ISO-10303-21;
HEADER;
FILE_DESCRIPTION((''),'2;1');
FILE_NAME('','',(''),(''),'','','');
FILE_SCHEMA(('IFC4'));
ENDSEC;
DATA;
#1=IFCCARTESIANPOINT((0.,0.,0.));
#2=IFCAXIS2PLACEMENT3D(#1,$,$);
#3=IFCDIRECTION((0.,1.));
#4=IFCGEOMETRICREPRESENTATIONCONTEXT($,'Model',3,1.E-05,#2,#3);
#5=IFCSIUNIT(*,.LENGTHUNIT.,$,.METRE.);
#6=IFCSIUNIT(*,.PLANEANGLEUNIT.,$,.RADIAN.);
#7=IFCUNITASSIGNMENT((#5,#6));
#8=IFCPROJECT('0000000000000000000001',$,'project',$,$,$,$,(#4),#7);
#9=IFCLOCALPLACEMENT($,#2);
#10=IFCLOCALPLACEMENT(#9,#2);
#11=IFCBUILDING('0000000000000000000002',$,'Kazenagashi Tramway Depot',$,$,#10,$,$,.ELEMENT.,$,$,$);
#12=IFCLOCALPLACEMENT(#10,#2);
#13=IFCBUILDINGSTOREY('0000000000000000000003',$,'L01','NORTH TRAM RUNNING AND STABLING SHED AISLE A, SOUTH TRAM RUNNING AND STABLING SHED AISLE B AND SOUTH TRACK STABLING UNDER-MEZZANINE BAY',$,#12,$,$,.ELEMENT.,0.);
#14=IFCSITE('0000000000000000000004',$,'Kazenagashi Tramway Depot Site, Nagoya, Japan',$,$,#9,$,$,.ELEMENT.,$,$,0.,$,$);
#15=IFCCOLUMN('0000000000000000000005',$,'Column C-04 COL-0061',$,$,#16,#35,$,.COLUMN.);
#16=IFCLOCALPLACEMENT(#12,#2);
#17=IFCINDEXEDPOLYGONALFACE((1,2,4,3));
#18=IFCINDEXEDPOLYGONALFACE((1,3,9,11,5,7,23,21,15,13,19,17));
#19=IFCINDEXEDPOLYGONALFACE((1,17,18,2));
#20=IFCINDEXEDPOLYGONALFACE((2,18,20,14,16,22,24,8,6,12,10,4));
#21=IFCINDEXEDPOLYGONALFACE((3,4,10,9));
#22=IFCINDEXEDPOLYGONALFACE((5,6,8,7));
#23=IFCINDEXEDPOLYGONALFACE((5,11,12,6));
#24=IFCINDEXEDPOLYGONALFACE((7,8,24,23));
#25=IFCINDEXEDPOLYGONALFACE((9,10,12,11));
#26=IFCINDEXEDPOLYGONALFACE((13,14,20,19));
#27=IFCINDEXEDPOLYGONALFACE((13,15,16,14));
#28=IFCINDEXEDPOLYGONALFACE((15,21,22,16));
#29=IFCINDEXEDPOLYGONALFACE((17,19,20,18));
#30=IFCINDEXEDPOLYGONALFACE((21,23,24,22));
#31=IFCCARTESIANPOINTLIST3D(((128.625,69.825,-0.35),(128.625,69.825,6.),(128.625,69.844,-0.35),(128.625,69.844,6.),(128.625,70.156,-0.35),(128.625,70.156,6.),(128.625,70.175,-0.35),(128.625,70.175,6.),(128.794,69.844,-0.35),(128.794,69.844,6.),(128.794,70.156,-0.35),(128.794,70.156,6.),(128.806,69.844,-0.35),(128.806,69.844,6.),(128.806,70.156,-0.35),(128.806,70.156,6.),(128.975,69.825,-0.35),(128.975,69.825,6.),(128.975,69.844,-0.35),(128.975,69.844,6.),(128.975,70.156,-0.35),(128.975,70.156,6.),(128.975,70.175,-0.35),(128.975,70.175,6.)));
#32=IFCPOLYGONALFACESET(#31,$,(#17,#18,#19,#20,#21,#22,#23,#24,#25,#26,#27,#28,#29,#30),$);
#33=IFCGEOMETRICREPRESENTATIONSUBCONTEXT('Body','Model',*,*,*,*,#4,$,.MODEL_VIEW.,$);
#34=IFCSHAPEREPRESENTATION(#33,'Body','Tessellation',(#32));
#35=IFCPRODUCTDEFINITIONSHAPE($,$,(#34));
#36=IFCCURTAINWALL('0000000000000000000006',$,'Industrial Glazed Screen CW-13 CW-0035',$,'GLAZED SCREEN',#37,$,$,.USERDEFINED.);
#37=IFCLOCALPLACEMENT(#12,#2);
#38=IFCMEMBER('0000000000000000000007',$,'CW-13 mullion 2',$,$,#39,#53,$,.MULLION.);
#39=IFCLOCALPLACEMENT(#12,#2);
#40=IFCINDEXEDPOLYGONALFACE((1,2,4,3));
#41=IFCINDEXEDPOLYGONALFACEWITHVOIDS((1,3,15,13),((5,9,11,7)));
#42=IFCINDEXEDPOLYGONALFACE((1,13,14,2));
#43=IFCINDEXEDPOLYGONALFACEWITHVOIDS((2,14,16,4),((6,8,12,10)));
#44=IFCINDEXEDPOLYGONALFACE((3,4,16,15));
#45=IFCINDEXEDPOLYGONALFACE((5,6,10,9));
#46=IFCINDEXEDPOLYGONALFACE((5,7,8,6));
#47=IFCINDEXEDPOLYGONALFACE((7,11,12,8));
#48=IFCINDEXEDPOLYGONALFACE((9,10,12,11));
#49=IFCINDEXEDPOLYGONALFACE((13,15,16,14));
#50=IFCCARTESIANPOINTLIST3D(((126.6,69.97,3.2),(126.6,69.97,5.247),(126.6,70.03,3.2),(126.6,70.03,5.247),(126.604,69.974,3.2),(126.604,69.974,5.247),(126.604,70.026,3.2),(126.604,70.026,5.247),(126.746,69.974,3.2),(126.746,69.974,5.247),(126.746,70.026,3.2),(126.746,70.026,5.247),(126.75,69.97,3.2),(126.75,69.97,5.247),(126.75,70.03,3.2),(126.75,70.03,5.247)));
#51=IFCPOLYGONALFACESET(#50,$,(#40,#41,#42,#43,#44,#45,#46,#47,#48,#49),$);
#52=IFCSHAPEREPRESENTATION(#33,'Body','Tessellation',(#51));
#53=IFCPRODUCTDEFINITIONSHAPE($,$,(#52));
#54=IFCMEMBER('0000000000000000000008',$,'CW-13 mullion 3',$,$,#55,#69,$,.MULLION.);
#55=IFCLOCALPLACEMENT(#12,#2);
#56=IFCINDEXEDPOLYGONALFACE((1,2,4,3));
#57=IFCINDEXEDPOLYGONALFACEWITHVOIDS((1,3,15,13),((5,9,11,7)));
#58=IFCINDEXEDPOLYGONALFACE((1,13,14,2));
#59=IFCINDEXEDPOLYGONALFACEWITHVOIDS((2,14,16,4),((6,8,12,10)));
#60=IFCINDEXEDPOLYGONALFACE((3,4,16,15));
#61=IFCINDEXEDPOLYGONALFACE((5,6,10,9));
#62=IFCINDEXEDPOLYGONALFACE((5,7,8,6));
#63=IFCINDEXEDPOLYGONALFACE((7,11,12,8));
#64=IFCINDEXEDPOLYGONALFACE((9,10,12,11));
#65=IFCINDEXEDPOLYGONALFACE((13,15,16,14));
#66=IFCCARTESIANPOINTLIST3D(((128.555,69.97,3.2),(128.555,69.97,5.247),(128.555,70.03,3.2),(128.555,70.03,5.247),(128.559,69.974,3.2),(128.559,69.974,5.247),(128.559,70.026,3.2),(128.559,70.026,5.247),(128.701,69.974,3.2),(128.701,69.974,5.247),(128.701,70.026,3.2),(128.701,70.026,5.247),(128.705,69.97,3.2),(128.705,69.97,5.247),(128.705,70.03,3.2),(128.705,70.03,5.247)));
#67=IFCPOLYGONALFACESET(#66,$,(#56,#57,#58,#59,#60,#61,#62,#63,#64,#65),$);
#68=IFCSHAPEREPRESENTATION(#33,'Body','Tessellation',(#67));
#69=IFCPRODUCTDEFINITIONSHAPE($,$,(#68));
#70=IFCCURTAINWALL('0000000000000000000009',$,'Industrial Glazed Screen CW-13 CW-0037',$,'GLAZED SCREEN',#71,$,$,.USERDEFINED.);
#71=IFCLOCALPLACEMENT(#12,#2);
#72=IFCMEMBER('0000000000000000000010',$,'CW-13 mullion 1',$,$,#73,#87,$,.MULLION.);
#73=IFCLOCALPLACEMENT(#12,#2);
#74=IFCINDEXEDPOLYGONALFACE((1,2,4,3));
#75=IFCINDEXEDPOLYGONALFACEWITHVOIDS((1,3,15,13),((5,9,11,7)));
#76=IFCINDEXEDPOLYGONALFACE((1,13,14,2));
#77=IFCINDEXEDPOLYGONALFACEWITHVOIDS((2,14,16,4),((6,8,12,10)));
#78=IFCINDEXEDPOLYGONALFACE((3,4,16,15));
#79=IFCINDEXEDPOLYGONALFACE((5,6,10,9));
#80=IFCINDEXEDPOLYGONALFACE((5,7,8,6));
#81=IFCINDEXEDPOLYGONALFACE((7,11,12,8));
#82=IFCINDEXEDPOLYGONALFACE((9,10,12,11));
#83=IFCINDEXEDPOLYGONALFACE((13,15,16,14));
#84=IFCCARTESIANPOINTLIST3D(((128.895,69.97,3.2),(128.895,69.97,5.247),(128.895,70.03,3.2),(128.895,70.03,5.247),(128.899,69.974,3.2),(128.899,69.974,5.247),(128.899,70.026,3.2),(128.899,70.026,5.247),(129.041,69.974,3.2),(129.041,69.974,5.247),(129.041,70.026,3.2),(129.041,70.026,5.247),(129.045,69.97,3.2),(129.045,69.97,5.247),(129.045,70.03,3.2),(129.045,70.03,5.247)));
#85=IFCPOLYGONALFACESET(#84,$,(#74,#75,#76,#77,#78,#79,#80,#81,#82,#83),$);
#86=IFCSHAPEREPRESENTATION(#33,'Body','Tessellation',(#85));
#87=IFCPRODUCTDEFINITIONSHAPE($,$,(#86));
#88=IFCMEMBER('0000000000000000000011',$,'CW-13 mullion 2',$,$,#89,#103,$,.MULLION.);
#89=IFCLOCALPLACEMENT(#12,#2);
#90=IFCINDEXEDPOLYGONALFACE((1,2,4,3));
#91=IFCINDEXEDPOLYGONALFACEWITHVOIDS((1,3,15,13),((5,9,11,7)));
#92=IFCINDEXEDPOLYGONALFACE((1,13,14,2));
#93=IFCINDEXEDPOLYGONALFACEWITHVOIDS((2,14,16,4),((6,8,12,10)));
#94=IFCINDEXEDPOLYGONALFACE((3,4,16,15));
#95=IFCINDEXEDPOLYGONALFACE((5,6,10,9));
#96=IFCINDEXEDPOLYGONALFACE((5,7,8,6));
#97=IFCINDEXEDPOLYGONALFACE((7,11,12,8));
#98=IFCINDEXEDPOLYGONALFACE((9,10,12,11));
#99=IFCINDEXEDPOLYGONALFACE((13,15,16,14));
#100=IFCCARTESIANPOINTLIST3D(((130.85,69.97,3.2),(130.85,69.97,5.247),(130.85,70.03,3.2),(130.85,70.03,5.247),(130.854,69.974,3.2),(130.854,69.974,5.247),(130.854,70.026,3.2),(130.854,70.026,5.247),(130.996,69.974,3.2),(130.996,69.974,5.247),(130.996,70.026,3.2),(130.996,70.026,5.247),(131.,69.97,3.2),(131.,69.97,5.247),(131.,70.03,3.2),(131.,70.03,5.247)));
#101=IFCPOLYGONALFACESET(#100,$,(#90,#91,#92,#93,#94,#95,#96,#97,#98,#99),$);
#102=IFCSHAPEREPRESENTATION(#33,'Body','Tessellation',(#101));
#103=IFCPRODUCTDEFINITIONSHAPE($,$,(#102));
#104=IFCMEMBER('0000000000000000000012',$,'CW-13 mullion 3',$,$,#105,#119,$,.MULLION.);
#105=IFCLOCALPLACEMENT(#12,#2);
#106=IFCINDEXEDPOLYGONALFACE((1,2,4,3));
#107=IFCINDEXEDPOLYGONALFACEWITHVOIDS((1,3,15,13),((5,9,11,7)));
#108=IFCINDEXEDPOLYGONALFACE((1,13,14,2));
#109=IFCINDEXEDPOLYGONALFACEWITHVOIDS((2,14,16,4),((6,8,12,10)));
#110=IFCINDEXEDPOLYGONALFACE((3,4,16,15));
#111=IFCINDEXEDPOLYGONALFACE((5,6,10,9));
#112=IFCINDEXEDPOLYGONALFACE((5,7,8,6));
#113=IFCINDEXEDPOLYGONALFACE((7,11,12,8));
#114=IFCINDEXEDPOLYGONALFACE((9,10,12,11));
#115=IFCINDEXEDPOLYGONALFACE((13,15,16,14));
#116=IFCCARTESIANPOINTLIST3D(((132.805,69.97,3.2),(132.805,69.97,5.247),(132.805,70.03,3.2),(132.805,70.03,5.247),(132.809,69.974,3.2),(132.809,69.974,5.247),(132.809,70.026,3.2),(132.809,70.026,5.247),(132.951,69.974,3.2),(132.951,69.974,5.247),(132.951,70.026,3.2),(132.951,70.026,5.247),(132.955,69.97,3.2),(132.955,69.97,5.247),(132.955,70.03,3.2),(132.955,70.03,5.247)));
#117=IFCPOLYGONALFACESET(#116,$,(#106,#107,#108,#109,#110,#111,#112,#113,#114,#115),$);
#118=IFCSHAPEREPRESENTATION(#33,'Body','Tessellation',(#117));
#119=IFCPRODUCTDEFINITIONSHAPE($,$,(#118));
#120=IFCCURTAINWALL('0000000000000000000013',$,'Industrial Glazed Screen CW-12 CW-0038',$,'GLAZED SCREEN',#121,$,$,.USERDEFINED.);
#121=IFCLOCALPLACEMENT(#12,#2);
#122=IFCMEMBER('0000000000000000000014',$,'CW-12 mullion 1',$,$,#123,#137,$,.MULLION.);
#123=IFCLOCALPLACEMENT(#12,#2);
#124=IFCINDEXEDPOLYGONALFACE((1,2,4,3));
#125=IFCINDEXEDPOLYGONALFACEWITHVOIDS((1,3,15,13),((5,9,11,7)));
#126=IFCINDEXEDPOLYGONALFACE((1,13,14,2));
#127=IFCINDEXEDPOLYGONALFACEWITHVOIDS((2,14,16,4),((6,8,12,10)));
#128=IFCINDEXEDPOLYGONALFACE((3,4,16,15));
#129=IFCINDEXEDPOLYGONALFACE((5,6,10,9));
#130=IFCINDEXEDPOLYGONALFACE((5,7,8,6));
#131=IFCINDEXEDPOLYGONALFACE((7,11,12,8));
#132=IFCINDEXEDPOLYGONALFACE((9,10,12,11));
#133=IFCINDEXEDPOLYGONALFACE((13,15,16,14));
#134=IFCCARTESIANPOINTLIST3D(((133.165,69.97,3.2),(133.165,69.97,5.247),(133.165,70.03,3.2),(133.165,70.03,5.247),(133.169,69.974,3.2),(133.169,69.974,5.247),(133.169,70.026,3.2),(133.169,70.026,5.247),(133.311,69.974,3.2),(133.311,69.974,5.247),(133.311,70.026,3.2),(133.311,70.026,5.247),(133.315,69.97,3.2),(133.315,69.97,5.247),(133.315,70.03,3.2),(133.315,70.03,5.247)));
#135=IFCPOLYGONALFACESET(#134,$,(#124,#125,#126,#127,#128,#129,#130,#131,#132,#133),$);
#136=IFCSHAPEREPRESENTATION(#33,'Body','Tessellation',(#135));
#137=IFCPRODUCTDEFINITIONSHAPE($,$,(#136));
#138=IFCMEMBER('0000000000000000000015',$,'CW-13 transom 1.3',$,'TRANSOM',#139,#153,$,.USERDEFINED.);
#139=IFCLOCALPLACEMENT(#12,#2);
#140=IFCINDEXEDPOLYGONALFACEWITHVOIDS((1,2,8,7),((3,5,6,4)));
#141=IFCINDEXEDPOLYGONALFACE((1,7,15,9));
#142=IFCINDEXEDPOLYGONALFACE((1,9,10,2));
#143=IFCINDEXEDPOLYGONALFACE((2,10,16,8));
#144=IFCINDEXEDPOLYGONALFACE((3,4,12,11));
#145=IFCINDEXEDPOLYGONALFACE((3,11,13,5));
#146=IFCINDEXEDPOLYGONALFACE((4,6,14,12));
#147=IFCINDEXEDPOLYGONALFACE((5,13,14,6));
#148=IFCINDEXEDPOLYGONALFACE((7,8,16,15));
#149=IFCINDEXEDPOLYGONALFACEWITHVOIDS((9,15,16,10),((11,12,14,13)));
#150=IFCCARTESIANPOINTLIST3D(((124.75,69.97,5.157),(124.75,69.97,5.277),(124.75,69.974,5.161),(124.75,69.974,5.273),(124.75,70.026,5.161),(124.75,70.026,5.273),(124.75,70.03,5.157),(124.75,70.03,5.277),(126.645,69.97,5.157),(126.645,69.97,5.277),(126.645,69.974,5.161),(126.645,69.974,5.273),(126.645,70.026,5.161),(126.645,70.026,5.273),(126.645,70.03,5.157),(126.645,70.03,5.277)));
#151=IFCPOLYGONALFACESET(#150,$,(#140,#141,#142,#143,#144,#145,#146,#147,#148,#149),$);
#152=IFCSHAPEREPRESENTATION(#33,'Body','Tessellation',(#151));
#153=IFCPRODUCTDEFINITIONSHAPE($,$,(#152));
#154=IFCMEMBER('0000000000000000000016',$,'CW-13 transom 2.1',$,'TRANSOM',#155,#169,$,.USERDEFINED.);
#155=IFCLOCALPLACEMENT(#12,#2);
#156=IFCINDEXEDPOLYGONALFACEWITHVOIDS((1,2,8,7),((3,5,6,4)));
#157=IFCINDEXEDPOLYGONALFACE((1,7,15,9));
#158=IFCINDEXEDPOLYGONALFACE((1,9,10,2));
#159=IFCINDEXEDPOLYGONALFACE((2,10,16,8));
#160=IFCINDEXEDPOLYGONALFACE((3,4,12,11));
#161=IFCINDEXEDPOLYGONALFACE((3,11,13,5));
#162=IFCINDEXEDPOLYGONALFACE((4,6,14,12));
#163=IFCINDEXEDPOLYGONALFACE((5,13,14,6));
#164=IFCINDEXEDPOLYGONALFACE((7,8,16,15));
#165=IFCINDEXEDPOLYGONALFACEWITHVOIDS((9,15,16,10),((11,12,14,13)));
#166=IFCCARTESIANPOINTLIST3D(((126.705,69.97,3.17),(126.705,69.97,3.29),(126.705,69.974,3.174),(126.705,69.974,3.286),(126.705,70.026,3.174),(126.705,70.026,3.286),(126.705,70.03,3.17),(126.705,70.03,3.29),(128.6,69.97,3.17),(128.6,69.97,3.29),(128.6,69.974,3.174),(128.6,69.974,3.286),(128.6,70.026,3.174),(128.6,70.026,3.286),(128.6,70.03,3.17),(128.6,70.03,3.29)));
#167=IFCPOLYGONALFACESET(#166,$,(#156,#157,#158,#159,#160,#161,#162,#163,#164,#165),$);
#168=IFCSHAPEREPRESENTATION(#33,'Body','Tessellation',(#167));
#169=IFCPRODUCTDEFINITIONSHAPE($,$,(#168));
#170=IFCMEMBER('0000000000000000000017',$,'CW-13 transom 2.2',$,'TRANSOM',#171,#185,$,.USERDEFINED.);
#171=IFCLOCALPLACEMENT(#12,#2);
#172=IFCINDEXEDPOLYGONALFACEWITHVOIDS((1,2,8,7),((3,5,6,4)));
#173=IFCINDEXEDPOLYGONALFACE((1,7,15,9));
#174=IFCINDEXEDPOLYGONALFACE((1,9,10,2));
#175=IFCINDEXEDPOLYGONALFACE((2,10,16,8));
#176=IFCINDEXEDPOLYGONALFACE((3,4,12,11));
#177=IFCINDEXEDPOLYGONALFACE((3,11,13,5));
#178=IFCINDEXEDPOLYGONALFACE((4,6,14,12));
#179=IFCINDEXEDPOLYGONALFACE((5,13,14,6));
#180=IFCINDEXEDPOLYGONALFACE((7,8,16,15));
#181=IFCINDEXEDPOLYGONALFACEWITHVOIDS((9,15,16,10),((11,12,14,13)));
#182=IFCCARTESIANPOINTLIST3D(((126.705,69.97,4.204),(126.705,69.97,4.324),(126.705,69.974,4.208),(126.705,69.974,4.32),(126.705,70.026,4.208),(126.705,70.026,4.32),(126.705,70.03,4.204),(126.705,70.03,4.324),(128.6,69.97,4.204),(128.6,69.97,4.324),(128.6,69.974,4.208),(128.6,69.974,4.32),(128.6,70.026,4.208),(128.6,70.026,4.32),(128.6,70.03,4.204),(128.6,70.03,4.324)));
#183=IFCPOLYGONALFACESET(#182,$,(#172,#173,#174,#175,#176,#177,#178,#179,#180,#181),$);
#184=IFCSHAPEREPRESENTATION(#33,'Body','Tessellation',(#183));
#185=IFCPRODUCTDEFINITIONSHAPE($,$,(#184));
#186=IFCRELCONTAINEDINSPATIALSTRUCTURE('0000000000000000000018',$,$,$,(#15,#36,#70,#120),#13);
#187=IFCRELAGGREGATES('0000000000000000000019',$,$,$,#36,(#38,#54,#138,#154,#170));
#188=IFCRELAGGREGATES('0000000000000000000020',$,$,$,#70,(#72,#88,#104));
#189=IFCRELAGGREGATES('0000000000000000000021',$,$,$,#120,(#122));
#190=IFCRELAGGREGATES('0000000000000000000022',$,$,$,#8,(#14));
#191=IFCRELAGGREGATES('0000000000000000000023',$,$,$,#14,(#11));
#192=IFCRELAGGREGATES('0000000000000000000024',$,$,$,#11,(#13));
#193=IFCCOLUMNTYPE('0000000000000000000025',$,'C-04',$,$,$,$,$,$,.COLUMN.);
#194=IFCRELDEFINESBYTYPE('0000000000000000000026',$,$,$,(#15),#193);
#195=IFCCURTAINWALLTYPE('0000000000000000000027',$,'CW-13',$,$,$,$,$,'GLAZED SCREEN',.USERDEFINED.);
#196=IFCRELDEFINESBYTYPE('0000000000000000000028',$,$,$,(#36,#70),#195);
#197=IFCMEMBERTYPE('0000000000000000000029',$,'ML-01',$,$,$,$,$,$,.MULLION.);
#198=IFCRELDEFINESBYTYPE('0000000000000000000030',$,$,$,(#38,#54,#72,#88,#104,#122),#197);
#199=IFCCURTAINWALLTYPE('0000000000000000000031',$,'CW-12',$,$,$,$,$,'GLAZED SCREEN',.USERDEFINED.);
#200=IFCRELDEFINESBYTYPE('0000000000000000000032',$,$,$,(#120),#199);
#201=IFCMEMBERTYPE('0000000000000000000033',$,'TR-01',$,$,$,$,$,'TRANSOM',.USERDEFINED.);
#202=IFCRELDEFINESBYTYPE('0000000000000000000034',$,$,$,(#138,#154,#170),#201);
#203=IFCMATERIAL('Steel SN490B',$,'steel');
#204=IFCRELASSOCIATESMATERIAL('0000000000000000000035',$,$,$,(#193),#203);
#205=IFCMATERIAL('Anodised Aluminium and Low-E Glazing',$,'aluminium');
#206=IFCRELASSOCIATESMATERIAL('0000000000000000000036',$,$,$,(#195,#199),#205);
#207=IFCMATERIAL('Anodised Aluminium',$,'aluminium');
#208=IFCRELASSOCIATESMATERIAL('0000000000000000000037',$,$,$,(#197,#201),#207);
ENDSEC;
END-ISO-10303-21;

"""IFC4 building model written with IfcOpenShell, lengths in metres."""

from ifc_helpers import new_model, si_unit, direction, frame, origin, origin_2d, place, context, subcontext, project, spatial, hollow_rectangle, i_section, extrude, material, material_profile, profile_set, type_object, element, aggregate, save


model = new_model("IFC4")

# Units and contexts
model_context = context("Model", 3, precision=1e-05, world=origin(), true_north=direction((0.0, 1.0)))
body_context = subcontext(model_context, "Body", "Model", "MODEL_VIEW")
ifc_project = project(units=[si_unit("LENGTHUNIT", "METRE"), si_unit("PLANEANGLEUNIT", "RADIAN")], contexts=[model_context])

# Site, building, storey
site_placement = place(None, origin())
site = spatial("IfcSite", under=ifc_project, at=site_placement, Name="Kazenagashi Tramway Depot Site, Nagoya, Japan", CompositionType="ELEMENT", RefElevation=0.0)
building_placement = place(site_placement, origin())
building = spatial("IfcBuilding", under=site, at=building_placement, Name="Kazenagashi Tramway Depot", CompositionType="ELEMENT")
storey_placement = place(building_placement, origin())
storey = spatial("IfcBuildingStorey", under=building, at=storey_placement, Name="L01", Description="NORTH TRAM RUNNING AND STABLING SHED AISLE A, SOUTH TRAM RUNNING AND STABLING SHED AISLE B AND SOUTH TRACK STABLING UNDER-MEZZANINE BAY", CompositionType="ELEMENT", Elevation=0.0)

# Column
ifc_material_1 = material(Name="Steel SN490B", Category="steel")
ifc_material_profile_1 = material_profile(ifc_material_1, i_section(OverallWidth=0.35, OverallDepth=0.35, WebThickness=0.012, FlangeThickness=0.019, at=origin_2d()), Name="H-350x350x12x19")
ifc_profile_set_1 = profile_set([ifc_material_profile_1], Name="Steel SN490B")
column_type = type_object("IfcColumnType", Name="C-04", PredefinedType="COLUMN", material=ifc_profile_set_1)
column_placement = place(storey_placement, frame((128.8, 70.0, -0.35), z_axis=(0.0, 0.0, 1.0), x_axis=(1.0, 0.0, 0.0)))
element("IfcColumn", 1, at=column_placement, inside=storey, type_object=column_type, Name="Column C-04 COL-0061", PredefinedType="COLUMN", context=body_context, shape_type="SweptSolid", body=[
    extrude(i_section(OverallWidth=0.35, OverallDepth=0.35, WebThickness=0.012, FlangeThickness=0.019, at=origin_2d()), origin(), (0.0, 0.0, 1.0), 6.35),
])

# Curtain walls, members
ifc_material_2 = material(Name="Anodised Aluminium and Low-E Glazing", Category="aluminium")
curtain_wall_type_1 = type_object("IfcCurtainWallType", Name="CW-13", ElementType="GLAZED SCREEN", PredefinedType="USERDEFINED", material=ifc_material_2)
curtain_wall_1_placement = place(storey_placement, origin())
curtain_wall_1 = element("IfcCurtainWall", 2, at=curtain_wall_1_placement, inside=storey, type_object=curtain_wall_type_1, Name="Industrial Glazed Screen CW-13 CW-0035", ObjectType="GLAZED SCREEN", PredefinedType="USERDEFINED")
ifc_material_3 = material(Name="Anodised Aluminium", Category="aluminium")
ifc_material_profile_2 = material_profile(ifc_material_3, hollow_rectangle(XDim=0.06, YDim=0.15, WallThickness=0.004, at=origin_2d()), Name="RHS-150x60x4")
ifc_profile_set_2 = profile_set([ifc_material_profile_2], Name="Anodised Aluminium")
member_type_1 = type_object("IfcMemberType", Name="ML-01", PredefinedType="MULLION", material=ifc_profile_set_2)
member_1_placement = place(storey_placement, frame((126.675, 70.0, 3.2), z_axis=(0.0, 0.0, 1.0), x_axis=(0.0, 1.0, 0.0)))
member_1 = element("IfcMember", 3, at=member_1_placement, type_object=member_type_1, Name="CW-13 mullion 2", PredefinedType="MULLION", context=body_context, shape_type="SweptSolid", body=[
    extrude(hollow_rectangle(XDim=0.06, YDim=0.15, WallThickness=0.004, at=origin_2d()), origin(), (0.0, 0.0, 1.0), 2.047),
])
member_2_placement = place(storey_placement, frame((128.63, 70.0, 3.2), z_axis=(0.0, 0.0, 1.0), x_axis=(0.0, 1.0, 0.0)))
member_2 = element("IfcMember", 4, at=member_2_placement, type_object=member_type_1, Name="CW-13 mullion 3", PredefinedType="MULLION", context=body_context, shape_type="SweptSolid", body=[
    extrude(hollow_rectangle(XDim=0.06, YDim=0.15, WallThickness=0.004, at=origin_2d()), origin(), (0.0, 0.0, 1.0), 2.047),
])
curtain_wall_2_placement = place(storey_placement, origin())
curtain_wall_2 = element("IfcCurtainWall", 5, at=curtain_wall_2_placement, inside=storey, type_object=curtain_wall_type_1, Name="Industrial Glazed Screen CW-13 CW-0037", ObjectType="GLAZED SCREEN", PredefinedType="USERDEFINED")
member_3_placement = place(storey_placement, frame((128.97, 70.0, 3.2), z_axis=(0.0, 0.0, 1.0), x_axis=(0.0, 1.0, 0.0)))
member_3 = element("IfcMember", 6, at=member_3_placement, type_object=member_type_1, Name="CW-13 mullion 1", PredefinedType="MULLION", context=body_context, shape_type="SweptSolid", body=[
    extrude(hollow_rectangle(XDim=0.06, YDim=0.15, WallThickness=0.004, at=origin_2d()), origin(), (0.0, 0.0, 1.0), 2.047),
])
member_4_placement = place(storey_placement, frame((130.925, 70.0, 3.2), z_axis=(0.0, 0.0, 1.0), x_axis=(0.0, 1.0, 0.0)))
member_4 = element("IfcMember", 7, at=member_4_placement, type_object=member_type_1, Name="CW-13 mullion 2", PredefinedType="MULLION", context=body_context, shape_type="SweptSolid", body=[
    extrude(hollow_rectangle(XDim=0.06, YDim=0.15, WallThickness=0.004, at=origin_2d()), origin(), (0.0, 0.0, 1.0), 2.047),
])
member_5_placement = place(storey_placement, frame((132.88, 70.0, 3.2), z_axis=(0.0, 0.0, 1.0), x_axis=(0.0, 1.0, 0.0)))
member_5 = element("IfcMember", 8, at=member_5_placement, type_object=member_type_1, Name="CW-13 mullion 3", PredefinedType="MULLION", context=body_context, shape_type="SweptSolid", body=[
    extrude(hollow_rectangle(XDim=0.06, YDim=0.15, WallThickness=0.004, at=origin_2d()), origin(), (0.0, 0.0, 1.0), 2.047),
])

# Curtain wall, member
curtain_wall_type_2 = type_object("IfcCurtainWallType", Name="CW-12", ElementType="GLAZED SCREEN", PredefinedType="USERDEFINED", material=ifc_material_2)
curtain_wall_3_placement = place(storey_placement, origin())
curtain_wall_3 = element("IfcCurtainWall", 9, at=curtain_wall_3_placement, inside=storey, type_object=curtain_wall_type_2, Name="Industrial Glazed Screen CW-12 CW-0038", ObjectType="GLAZED SCREEN", PredefinedType="USERDEFINED")
member_6_placement = place(storey_placement, frame((133.24, 70.0, 3.2), z_axis=(0.0, 0.0, 1.0), x_axis=(0.0, 1.0, 0.0)))
member_6 = element("IfcMember", 10, at=member_6_placement, type_object=member_type_1, Name="CW-12 mullion 1", PredefinedType="MULLION", context=body_context, shape_type="SweptSolid", body=[
    extrude(hollow_rectangle(XDim=0.06, YDim=0.15, WallThickness=0.004, at=origin_2d()), origin(), (0.0, 0.0, 1.0), 2.047),
])

# Members
ifc_material_profile_3 = material_profile(ifc_material_3, hollow_rectangle(XDim=0.06, YDim=0.12, WallThickness=0.004, at=origin_2d()), Name="RHS-120x60x4")
ifc_profile_set_3 = profile_set([ifc_material_profile_3], Name="Anodised Aluminium")
member_type_2 = type_object("IfcMemberType", Name="TR-01", ElementType="TRANSOM", PredefinedType="USERDEFINED", material=ifc_profile_set_3)
member_7_placement = place(storey_placement, frame((124.75, 70.0, 5.217), z_axis=(1.0, 0.0, 0.0), x_axis=(0.0, 1.0, 0.0)))
member_7 = element("IfcMember", 11, at=member_7_placement, type_object=member_type_2, Name="CW-13 transom 1.3", ObjectType="TRANSOM", PredefinedType="USERDEFINED", context=body_context, shape_type="SweptSolid", body=[
    extrude(hollow_rectangle(XDim=0.06, YDim=0.12, WallThickness=0.004, at=origin_2d()), origin(), (0.0, 0.0, 1.0), 1.895),
])
member_8_placement = place(storey_placement, frame((126.705, 70.0, 3.23), z_axis=(1.0, 0.0, 0.0), x_axis=(0.0, 1.0, 0.0)))
member_8 = element("IfcMember", 12, at=member_8_placement, type_object=member_type_2, Name="CW-13 transom 2.1", ObjectType="TRANSOM", PredefinedType="USERDEFINED", context=body_context, shape_type="SweptSolid", body=[
    extrude(hollow_rectangle(XDim=0.06, YDim=0.12, WallThickness=0.004, at=origin_2d()), origin(), (0.0, 0.0, 1.0), 1.895),
])
member_9_placement = place(storey_placement, frame((126.705, 70.0, 4.264), z_axis=(1.0, 0.0, 0.0), x_axis=(0.0, 1.0, 0.0)))
member_9 = element("IfcMember", 13, at=member_9_placement, type_object=member_type_2, Name="CW-13 transom 2.2", ObjectType="TRANSOM", PredefinedType="USERDEFINED", context=body_context, shape_type="SweptSolid", body=[
    extrude(hollow_rectangle(XDim=0.06, YDim=0.12, WallThickness=0.004, at=origin_2d()), origin(), (0.0, 0.0, 1.0), 1.895),
])

aggregate(curtain_wall_1, [member_1, member_2, member_7, member_8, member_9])
aggregate(curtain_wall_2, [member_3, member_4, member_5])
aggregate(curtain_wall_3, [member_6])

save(model, "model.ifc")
